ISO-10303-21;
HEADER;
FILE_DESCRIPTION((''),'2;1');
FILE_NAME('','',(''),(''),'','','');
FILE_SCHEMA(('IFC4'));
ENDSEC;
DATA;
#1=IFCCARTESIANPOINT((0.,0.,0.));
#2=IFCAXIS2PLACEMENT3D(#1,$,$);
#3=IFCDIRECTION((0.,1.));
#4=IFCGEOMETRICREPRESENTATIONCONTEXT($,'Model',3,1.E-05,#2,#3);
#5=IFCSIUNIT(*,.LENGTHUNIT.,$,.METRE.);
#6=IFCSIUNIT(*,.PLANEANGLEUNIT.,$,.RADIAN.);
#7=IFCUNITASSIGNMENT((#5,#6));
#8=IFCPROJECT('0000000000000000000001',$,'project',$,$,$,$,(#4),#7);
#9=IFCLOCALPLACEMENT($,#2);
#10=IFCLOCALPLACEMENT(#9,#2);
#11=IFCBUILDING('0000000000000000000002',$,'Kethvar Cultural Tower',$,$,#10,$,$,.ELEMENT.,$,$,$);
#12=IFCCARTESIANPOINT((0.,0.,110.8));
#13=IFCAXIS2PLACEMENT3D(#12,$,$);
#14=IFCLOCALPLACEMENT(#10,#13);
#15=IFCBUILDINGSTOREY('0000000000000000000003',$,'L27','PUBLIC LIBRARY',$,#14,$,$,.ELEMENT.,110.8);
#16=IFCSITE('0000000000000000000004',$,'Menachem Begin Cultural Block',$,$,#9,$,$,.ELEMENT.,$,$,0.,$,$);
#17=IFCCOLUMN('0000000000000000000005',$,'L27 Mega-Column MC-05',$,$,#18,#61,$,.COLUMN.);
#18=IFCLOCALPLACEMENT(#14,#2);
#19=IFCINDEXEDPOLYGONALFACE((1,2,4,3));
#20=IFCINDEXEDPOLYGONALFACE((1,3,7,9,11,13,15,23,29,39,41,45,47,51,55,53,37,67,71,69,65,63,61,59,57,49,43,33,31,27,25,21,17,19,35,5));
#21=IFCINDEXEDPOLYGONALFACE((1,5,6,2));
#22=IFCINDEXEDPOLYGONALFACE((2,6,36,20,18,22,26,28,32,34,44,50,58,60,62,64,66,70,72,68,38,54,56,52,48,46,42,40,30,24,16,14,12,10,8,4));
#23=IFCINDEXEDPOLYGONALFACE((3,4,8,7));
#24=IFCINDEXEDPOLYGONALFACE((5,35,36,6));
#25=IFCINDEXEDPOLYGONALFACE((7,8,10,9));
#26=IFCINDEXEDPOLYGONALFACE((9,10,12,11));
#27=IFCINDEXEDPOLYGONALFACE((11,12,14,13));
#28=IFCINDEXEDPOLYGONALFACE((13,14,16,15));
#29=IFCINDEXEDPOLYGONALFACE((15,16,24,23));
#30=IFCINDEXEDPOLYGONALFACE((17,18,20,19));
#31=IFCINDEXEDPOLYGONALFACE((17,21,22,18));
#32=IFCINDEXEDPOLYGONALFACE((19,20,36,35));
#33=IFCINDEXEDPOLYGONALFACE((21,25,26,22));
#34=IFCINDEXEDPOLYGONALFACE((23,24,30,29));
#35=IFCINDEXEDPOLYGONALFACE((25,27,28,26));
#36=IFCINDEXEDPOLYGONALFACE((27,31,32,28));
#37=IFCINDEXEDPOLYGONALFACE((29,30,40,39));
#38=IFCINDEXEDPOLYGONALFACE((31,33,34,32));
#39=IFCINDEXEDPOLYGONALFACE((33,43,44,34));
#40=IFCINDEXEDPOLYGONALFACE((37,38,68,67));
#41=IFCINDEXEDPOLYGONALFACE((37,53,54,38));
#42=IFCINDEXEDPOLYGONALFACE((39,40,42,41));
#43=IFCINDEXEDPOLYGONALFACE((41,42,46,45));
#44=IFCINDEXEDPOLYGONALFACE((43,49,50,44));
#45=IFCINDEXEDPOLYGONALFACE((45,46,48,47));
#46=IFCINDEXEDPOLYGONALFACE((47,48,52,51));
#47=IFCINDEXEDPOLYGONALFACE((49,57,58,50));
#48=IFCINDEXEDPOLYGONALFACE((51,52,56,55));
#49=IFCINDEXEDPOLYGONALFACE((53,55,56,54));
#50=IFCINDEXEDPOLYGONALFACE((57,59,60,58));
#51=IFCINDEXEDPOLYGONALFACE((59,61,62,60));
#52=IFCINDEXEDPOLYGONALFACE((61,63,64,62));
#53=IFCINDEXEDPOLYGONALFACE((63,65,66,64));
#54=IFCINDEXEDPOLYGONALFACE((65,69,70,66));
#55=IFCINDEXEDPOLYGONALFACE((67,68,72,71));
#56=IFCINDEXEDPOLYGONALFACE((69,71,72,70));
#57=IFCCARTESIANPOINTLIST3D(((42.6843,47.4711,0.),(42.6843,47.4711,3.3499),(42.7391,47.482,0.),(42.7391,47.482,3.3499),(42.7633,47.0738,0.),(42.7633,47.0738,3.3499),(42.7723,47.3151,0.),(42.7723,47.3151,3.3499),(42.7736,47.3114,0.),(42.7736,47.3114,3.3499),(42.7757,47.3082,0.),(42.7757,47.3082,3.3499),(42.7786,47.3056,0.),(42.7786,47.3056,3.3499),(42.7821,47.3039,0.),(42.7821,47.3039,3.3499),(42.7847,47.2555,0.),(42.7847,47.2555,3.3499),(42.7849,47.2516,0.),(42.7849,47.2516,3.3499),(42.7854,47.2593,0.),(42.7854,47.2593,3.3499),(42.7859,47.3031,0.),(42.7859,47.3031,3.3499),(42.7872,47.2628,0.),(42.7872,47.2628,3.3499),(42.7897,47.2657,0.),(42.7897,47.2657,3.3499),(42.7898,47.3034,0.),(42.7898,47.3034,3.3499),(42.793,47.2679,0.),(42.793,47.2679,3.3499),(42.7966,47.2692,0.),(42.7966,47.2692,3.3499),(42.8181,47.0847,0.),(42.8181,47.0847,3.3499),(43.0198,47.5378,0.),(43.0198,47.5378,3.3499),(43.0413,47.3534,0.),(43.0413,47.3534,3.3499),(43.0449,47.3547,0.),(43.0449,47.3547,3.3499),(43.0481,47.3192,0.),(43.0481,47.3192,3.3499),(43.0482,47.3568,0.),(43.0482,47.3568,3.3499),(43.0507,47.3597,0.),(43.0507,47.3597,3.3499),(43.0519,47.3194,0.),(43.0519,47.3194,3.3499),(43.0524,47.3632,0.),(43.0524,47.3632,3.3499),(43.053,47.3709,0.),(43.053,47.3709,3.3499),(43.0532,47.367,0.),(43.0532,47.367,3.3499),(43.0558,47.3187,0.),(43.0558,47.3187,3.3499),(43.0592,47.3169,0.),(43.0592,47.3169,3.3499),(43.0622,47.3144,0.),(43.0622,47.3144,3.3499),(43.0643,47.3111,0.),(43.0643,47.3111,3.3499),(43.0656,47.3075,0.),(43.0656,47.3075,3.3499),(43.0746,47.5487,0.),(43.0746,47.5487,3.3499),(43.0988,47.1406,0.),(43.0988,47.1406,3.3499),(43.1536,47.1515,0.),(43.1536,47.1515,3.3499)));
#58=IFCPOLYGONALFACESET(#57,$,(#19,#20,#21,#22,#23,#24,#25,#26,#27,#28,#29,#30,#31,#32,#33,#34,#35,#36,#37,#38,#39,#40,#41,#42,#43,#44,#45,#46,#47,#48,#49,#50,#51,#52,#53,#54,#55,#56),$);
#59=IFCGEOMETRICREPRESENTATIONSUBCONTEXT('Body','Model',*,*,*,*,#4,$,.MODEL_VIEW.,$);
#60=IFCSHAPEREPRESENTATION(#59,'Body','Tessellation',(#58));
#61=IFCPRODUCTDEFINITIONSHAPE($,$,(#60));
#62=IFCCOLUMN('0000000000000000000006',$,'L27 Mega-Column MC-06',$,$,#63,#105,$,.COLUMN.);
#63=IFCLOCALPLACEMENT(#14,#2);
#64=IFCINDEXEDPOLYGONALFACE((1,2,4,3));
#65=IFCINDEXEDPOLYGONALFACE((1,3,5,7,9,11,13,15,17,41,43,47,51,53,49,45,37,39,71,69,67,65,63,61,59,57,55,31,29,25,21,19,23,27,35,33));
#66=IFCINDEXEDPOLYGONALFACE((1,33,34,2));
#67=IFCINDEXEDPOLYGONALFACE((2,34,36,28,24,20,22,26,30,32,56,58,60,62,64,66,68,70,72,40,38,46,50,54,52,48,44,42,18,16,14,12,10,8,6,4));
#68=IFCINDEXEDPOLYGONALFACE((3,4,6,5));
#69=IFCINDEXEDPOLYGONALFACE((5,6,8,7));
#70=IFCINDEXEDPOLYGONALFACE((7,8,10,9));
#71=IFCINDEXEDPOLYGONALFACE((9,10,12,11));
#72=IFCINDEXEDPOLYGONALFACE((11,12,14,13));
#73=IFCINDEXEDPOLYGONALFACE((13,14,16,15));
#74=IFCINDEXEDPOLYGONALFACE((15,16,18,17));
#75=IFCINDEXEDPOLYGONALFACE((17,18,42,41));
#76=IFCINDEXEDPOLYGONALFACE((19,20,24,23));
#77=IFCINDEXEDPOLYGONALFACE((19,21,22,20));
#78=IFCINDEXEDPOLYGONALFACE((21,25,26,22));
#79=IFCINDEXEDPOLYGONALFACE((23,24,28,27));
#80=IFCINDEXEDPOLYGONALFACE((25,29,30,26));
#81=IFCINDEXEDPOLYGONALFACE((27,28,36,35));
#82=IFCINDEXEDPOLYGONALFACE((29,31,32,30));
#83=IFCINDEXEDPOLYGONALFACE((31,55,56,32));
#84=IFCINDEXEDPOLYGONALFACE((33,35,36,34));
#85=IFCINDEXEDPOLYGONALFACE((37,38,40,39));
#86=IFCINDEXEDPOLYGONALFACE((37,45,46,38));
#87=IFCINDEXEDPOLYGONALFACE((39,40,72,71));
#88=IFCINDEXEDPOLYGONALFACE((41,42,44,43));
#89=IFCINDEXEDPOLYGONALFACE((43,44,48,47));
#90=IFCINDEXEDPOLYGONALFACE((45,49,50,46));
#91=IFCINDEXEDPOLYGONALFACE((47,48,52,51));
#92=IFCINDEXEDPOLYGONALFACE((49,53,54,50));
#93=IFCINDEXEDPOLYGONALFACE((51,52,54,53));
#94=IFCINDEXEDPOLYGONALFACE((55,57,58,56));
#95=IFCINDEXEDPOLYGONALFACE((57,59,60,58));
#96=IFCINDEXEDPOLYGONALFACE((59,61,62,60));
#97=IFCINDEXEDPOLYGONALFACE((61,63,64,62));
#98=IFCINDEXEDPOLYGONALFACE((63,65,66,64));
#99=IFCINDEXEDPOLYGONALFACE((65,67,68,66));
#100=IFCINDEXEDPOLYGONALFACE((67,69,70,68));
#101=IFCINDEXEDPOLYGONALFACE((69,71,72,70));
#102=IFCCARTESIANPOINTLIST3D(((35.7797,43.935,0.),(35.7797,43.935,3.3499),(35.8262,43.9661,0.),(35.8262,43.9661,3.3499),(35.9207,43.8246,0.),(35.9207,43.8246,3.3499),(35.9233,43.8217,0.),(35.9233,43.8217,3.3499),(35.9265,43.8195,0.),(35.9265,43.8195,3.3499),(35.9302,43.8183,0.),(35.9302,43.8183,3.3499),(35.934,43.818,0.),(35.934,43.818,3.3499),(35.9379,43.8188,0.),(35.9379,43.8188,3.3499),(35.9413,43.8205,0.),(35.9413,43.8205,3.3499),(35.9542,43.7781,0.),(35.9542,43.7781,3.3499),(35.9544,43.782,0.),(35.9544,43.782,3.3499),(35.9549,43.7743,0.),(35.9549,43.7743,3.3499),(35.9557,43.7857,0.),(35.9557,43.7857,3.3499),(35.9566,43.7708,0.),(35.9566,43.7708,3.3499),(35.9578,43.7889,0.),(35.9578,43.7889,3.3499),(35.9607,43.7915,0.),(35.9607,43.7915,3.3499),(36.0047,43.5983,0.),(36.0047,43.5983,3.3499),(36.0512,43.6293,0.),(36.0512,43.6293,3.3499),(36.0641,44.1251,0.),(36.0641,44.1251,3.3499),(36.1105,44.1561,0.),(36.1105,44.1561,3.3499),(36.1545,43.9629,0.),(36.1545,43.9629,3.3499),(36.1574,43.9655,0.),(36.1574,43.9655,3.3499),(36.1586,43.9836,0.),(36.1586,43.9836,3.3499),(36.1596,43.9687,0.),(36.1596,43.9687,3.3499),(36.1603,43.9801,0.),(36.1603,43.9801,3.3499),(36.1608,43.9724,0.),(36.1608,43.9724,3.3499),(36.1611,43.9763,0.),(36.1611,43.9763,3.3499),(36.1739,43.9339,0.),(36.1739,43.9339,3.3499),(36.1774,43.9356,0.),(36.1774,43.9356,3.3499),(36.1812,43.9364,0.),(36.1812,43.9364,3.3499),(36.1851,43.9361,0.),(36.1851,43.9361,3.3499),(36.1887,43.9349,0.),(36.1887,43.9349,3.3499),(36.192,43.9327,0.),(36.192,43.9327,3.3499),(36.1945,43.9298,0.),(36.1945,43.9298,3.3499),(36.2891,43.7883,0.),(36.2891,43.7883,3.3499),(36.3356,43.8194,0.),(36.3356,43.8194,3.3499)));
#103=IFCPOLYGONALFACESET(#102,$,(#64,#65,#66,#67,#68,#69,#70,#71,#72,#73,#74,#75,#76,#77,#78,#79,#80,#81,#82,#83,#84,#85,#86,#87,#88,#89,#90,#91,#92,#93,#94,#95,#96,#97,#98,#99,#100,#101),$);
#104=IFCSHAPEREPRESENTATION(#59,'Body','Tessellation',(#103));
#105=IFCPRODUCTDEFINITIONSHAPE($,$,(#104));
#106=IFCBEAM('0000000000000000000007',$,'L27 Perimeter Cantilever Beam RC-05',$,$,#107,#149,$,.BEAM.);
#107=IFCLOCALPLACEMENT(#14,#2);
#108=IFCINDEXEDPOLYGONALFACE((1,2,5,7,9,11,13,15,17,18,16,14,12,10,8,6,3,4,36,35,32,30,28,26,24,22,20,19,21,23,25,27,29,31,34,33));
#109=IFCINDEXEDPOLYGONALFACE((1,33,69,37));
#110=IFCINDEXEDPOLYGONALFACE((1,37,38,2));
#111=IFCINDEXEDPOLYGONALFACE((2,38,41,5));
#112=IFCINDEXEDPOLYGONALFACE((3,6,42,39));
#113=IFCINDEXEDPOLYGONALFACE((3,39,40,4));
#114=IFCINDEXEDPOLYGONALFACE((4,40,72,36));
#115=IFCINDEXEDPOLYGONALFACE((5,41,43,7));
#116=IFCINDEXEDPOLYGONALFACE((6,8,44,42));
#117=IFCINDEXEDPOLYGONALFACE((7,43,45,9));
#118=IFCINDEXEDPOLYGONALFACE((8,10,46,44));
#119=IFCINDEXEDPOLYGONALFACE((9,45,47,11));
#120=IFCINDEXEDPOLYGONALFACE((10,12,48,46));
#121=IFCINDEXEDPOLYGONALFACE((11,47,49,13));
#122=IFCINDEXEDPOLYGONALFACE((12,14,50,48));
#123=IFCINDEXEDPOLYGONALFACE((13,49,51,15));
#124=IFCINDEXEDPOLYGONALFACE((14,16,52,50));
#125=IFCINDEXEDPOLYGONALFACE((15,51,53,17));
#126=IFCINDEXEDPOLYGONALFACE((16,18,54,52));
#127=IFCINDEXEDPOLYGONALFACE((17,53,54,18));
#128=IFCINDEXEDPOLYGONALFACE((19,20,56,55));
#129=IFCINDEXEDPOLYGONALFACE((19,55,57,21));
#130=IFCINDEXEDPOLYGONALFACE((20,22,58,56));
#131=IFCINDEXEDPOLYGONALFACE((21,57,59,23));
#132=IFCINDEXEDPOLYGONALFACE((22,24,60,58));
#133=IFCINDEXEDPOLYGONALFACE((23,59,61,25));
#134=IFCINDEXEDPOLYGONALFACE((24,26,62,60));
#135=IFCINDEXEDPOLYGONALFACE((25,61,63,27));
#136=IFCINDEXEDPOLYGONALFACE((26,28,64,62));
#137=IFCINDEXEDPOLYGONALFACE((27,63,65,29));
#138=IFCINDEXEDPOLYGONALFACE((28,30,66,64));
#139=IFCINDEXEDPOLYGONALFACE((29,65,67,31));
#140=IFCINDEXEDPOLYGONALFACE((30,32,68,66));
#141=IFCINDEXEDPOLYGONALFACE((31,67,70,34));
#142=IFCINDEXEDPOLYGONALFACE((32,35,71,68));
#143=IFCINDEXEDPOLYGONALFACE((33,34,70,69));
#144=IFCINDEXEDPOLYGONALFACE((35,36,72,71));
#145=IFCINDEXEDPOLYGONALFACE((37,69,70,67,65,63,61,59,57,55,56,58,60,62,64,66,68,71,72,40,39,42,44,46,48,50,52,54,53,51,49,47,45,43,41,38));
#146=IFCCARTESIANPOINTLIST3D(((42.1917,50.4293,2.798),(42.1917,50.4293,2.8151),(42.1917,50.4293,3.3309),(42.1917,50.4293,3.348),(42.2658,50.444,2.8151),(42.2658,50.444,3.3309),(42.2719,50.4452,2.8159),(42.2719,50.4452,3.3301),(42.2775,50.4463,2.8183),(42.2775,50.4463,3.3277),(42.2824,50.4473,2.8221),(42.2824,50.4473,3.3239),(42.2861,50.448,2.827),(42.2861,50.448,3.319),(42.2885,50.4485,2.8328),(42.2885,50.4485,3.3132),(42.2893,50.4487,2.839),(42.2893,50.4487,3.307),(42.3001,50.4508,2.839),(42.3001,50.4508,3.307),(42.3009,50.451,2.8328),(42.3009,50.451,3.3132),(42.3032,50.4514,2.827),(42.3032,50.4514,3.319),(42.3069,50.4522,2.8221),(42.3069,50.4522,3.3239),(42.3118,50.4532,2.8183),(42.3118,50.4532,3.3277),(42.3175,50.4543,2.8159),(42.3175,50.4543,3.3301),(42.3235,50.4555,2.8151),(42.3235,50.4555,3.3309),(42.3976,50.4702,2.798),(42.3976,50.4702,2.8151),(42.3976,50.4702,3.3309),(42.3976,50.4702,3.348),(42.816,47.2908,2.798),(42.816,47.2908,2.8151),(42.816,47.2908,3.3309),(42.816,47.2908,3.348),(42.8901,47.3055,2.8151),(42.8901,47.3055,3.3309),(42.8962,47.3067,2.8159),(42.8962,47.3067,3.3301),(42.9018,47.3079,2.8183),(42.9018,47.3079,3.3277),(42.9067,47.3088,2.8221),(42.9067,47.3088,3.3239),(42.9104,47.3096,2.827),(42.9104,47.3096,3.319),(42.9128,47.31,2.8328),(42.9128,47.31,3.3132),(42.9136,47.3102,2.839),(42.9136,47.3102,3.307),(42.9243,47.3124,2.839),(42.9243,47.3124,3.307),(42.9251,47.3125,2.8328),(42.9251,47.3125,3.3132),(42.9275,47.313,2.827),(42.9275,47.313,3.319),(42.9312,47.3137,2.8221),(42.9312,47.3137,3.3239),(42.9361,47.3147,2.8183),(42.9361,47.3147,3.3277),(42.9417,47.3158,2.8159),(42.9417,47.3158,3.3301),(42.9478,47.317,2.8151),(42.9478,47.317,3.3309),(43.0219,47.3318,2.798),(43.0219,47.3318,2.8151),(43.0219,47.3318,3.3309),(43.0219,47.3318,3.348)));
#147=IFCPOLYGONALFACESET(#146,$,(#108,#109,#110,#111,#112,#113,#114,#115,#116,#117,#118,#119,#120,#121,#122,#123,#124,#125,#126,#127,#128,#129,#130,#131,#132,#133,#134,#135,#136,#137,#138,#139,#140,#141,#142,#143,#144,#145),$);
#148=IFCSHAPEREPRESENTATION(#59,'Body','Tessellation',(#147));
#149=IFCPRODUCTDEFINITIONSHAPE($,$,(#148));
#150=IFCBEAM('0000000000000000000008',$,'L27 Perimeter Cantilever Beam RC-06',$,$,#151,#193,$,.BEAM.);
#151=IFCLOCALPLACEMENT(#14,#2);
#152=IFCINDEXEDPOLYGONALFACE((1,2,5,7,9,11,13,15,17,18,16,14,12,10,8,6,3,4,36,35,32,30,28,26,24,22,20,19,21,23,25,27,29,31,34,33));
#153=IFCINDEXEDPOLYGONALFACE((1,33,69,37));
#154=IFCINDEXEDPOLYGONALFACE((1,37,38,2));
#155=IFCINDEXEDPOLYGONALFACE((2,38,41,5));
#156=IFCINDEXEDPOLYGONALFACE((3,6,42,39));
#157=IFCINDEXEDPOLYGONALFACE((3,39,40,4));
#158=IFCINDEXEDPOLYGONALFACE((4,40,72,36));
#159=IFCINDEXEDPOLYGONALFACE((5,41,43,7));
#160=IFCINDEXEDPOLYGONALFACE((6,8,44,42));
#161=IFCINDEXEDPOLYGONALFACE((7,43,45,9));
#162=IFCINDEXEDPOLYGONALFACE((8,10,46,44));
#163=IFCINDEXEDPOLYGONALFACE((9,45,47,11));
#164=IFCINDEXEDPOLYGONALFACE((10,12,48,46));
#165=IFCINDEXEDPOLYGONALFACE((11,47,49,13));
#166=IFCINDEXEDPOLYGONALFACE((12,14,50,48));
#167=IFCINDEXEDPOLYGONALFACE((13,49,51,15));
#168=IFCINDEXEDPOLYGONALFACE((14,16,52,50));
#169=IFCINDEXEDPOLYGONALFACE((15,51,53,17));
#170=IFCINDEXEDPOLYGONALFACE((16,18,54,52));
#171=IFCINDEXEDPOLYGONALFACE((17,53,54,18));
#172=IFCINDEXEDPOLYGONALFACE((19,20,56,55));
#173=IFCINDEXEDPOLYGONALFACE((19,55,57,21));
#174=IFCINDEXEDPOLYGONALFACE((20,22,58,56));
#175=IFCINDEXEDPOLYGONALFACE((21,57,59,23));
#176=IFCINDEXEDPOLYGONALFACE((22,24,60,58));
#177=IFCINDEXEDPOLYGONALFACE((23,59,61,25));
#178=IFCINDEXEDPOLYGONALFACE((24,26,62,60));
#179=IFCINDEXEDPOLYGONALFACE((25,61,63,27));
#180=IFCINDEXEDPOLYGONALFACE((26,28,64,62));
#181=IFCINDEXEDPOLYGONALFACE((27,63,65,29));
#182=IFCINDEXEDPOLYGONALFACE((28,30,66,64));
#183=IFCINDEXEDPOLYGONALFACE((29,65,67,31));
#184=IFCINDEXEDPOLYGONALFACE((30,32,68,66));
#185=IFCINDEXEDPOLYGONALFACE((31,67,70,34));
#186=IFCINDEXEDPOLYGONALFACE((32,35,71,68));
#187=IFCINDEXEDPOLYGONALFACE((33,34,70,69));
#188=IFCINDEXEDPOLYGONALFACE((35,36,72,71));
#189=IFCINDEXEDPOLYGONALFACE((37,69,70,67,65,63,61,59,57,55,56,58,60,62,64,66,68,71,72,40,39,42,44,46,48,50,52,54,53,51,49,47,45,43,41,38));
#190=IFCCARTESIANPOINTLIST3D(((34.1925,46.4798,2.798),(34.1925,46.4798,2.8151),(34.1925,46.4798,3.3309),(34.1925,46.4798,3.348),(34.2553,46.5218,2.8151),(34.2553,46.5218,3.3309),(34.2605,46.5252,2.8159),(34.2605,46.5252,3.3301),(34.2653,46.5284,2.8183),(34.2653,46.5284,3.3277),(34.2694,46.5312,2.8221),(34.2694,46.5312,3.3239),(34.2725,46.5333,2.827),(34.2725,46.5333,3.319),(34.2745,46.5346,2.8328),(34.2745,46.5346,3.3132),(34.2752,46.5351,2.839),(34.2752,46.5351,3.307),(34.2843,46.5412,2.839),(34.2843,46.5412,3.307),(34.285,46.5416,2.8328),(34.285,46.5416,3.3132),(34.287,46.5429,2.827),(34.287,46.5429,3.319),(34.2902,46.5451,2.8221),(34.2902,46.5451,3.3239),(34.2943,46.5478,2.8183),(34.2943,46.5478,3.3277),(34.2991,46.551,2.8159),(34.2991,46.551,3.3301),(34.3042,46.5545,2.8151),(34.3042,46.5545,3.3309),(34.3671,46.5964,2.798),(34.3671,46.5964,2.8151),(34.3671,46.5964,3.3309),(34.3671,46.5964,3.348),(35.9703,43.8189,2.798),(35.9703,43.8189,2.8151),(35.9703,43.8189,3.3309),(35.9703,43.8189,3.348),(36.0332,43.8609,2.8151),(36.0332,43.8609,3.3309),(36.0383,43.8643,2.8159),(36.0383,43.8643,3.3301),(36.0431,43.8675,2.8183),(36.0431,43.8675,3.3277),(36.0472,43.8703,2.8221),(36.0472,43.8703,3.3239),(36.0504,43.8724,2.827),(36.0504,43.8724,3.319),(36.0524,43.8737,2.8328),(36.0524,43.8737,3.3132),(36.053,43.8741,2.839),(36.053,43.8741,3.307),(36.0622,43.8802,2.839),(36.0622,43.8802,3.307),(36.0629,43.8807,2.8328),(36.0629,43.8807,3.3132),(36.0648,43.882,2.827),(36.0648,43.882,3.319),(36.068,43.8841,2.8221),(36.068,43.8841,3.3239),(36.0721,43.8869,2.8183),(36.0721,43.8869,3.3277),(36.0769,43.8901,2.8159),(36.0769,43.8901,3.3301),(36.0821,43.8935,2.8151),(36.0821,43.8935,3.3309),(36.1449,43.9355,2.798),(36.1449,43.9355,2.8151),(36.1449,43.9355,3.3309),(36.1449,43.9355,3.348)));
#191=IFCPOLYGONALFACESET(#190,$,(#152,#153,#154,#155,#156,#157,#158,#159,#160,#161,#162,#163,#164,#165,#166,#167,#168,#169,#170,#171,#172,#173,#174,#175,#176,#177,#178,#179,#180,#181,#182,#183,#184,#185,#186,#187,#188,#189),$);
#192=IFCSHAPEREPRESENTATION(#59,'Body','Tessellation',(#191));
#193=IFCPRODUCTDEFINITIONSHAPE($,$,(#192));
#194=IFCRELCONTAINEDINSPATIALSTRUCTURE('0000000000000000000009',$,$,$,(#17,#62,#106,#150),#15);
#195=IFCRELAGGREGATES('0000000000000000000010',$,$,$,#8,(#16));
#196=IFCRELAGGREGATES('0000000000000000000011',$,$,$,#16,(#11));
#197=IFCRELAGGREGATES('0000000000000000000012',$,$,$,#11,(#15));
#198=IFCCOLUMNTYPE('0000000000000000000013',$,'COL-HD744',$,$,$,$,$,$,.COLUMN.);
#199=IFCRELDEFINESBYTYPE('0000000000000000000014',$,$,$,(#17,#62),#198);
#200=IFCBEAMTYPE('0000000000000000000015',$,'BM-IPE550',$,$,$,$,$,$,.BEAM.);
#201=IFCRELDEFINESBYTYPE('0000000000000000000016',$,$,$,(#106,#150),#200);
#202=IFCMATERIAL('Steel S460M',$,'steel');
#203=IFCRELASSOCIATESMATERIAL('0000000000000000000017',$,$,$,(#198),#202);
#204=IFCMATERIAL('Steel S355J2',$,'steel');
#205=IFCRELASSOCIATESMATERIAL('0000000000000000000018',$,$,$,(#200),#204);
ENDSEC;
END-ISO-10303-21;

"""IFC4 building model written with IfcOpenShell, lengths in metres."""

from ifc_helpers import new_model, si_unit, direction, frame, origin, origin_2d, place, context, subcontext, project, spatial, i_section, extrude, source, transform, mapped, material, material_profile, profile_set, type_object, element, save


model = new_model("IFC4")

# Units and contexts
model_context = context("Model", 3, precision=1e-05, world=origin(), true_north=direction((0.0, 1.0)))
body_context = subcontext(model_context, "Body", "Model", "MODEL_VIEW")
ifc_project = project(units=[si_unit("LENGTHUNIT", "METRE"), si_unit("PLANEANGLEUNIT", "RADIAN")], contexts=[model_context])

# Site, building, storey
site_placement = place(None, origin())
site = spatial("IfcSite", under=ifc_project, at=site_placement, Name="Menachem Begin Cultural Block", CompositionType="ELEMENT", RefElevation=0.0)
building_placement = place(site_placement, origin())
building = spatial("IfcBuilding", under=site, at=building_placement, Name="Kethvar Cultural Tower", CompositionType="ELEMENT")
storey_placement = place(building_placement, frame((0.0, 0.0, 110.8)))
storey = spatial("IfcBuildingStorey", under=building, at=storey_placement, Name="L27", Description="PUBLIC LIBRARY", CompositionType="ELEMENT", Elevation=110.8)

# Columns
ifc_material_1 = material(Name="Steel S460M", Category="steel")
ifc_material_profile_1 = material_profile(ifc_material_1, i_section(OverallWidth=0.405, OverallDepth=0.3979, WebThickness=0.0349, FlangeThickness=0.0559, FilletRadius=0.0149, at=origin_2d()), Name="Steel S460M — HD400x744")
ifc_profile_set_1 = profile_set([ifc_material_profile_1], Name="Steel S460M — HD400x744")
column_type = type_object("IfcColumnType", Name="COL-HD744", PredefinedType="COLUMN", material=ifc_profile_set_1)
shared_shape_1 = source(origin(), body_context, "Body", "SweptSolid", [
    extrude(i_section(OverallWidth=0.405, OverallDepth=0.3979, WebThickness=0.0349, FlangeThickness=0.0559, FilletRadius=0.0149, at=origin_2d()), origin(), (0.0, 0.0, 1.0), 3.3499),
])
for number, where, z_axis, x_axis, name in (
    (1, (42.9189, 47.3113, 0.0), (0.0, 0.0, 1.0), (-0.19509, 0.980785, 0.0), "L27 Mega-Column MC-05"),
    (2, (36.0576, 43.8772, 0.0), (0.0, 0.0, 1.0), (-0.55557, 0.83147, 0.0), "L27 Mega-Column MC-06"),
):
    element("IfcColumn", number, at=place(storey_placement, frame(where, z_axis=z_axis, x_axis=x_axis)), inside=storey, type_object=column_type, Name=name, PredefinedType="COLUMN", context=body_context, shape_type="MappedRepresentation", body=[
        mapped(shared_shape_1, transform((0.0, 0.0, 0.0), scale=1.0)),
    ])

# Beams
ifc_material_2 = material(Name="Steel S355J2", Category="steel")
ifc_material_profile_2 = material_profile(ifc_material_2, i_section(OverallWidth=0.21, OverallDepth=0.55, WebThickness=0.011, FlangeThickness=0.0171, FilletRadius=0.0239, at=origin_2d()), Name="Steel S355J2 — IPE550")
ifc_profile_set_2 = profile_set([ifc_material_profile_2], Name="Steel S355J2 — IPE550")
beam_type_1 = type_object("IfcBeamType", Name="BM-IPE550", PredefinedType="BEAM", material=ifc_profile_set_2)
shared_shape_2 = source(origin(), body_context, "Body", "SweptSolid", [
    extrude(i_section(OverallWidth=0.21, OverallDepth=0.55, WebThickness=0.011, FlangeThickness=0.0171, FilletRadius=0.0239, at=origin_2d()), origin(), (0.0, 0.0, 1.0), 3.2),
])
beam_1_placement = place(storey_placement, frame((42.9189, 47.3113, 3.073), z_axis=(-0.195089, 0.980786, 0.0), x_axis=(-0.980786, -0.195089, 0.0)))
element("IfcBeam", 3, at=beam_1_placement, inside=storey, type_object=beam_type_1, Name="L27 Perimeter Cantilever Beam RC-05", PredefinedType="BEAM", context=body_context, shape_type="MappedRepresentation", body=[
    mapped(shared_shape_2, transform((0.0, 0.0, 0.0), scale=1.0)),
])
shared_shape_3 = source(origin(), body_context, "Body", "SweptSolid", [
    extrude(i_section(OverallWidth=0.21, OverallDepth=0.55, WebThickness=0.011, FlangeThickness=0.0171, FilletRadius=0.0239, at=origin_2d()), origin(), (0.0, 0.0, 1.0), 3.2002),
])
beam_2_placement = place(storey_placement, frame((36.0576, 43.8772, 3.073), z_axis=(-0.555545, 0.831486, 0.0), x_axis=(-0.831486, -0.555545, 0.0)))
element("IfcBeam", 4, at=beam_2_placement, inside=storey, type_object=beam_type_1, Name="L27 Perimeter Cantilever Beam RC-06", PredefinedType="BEAM", context=body_context, shape_type="MappedRepresentation", body=[
    mapped(shared_shape_3, transform((0.0, 0.0, 0.0), scale=1.0)),
])

save(model, "model.ifc")
